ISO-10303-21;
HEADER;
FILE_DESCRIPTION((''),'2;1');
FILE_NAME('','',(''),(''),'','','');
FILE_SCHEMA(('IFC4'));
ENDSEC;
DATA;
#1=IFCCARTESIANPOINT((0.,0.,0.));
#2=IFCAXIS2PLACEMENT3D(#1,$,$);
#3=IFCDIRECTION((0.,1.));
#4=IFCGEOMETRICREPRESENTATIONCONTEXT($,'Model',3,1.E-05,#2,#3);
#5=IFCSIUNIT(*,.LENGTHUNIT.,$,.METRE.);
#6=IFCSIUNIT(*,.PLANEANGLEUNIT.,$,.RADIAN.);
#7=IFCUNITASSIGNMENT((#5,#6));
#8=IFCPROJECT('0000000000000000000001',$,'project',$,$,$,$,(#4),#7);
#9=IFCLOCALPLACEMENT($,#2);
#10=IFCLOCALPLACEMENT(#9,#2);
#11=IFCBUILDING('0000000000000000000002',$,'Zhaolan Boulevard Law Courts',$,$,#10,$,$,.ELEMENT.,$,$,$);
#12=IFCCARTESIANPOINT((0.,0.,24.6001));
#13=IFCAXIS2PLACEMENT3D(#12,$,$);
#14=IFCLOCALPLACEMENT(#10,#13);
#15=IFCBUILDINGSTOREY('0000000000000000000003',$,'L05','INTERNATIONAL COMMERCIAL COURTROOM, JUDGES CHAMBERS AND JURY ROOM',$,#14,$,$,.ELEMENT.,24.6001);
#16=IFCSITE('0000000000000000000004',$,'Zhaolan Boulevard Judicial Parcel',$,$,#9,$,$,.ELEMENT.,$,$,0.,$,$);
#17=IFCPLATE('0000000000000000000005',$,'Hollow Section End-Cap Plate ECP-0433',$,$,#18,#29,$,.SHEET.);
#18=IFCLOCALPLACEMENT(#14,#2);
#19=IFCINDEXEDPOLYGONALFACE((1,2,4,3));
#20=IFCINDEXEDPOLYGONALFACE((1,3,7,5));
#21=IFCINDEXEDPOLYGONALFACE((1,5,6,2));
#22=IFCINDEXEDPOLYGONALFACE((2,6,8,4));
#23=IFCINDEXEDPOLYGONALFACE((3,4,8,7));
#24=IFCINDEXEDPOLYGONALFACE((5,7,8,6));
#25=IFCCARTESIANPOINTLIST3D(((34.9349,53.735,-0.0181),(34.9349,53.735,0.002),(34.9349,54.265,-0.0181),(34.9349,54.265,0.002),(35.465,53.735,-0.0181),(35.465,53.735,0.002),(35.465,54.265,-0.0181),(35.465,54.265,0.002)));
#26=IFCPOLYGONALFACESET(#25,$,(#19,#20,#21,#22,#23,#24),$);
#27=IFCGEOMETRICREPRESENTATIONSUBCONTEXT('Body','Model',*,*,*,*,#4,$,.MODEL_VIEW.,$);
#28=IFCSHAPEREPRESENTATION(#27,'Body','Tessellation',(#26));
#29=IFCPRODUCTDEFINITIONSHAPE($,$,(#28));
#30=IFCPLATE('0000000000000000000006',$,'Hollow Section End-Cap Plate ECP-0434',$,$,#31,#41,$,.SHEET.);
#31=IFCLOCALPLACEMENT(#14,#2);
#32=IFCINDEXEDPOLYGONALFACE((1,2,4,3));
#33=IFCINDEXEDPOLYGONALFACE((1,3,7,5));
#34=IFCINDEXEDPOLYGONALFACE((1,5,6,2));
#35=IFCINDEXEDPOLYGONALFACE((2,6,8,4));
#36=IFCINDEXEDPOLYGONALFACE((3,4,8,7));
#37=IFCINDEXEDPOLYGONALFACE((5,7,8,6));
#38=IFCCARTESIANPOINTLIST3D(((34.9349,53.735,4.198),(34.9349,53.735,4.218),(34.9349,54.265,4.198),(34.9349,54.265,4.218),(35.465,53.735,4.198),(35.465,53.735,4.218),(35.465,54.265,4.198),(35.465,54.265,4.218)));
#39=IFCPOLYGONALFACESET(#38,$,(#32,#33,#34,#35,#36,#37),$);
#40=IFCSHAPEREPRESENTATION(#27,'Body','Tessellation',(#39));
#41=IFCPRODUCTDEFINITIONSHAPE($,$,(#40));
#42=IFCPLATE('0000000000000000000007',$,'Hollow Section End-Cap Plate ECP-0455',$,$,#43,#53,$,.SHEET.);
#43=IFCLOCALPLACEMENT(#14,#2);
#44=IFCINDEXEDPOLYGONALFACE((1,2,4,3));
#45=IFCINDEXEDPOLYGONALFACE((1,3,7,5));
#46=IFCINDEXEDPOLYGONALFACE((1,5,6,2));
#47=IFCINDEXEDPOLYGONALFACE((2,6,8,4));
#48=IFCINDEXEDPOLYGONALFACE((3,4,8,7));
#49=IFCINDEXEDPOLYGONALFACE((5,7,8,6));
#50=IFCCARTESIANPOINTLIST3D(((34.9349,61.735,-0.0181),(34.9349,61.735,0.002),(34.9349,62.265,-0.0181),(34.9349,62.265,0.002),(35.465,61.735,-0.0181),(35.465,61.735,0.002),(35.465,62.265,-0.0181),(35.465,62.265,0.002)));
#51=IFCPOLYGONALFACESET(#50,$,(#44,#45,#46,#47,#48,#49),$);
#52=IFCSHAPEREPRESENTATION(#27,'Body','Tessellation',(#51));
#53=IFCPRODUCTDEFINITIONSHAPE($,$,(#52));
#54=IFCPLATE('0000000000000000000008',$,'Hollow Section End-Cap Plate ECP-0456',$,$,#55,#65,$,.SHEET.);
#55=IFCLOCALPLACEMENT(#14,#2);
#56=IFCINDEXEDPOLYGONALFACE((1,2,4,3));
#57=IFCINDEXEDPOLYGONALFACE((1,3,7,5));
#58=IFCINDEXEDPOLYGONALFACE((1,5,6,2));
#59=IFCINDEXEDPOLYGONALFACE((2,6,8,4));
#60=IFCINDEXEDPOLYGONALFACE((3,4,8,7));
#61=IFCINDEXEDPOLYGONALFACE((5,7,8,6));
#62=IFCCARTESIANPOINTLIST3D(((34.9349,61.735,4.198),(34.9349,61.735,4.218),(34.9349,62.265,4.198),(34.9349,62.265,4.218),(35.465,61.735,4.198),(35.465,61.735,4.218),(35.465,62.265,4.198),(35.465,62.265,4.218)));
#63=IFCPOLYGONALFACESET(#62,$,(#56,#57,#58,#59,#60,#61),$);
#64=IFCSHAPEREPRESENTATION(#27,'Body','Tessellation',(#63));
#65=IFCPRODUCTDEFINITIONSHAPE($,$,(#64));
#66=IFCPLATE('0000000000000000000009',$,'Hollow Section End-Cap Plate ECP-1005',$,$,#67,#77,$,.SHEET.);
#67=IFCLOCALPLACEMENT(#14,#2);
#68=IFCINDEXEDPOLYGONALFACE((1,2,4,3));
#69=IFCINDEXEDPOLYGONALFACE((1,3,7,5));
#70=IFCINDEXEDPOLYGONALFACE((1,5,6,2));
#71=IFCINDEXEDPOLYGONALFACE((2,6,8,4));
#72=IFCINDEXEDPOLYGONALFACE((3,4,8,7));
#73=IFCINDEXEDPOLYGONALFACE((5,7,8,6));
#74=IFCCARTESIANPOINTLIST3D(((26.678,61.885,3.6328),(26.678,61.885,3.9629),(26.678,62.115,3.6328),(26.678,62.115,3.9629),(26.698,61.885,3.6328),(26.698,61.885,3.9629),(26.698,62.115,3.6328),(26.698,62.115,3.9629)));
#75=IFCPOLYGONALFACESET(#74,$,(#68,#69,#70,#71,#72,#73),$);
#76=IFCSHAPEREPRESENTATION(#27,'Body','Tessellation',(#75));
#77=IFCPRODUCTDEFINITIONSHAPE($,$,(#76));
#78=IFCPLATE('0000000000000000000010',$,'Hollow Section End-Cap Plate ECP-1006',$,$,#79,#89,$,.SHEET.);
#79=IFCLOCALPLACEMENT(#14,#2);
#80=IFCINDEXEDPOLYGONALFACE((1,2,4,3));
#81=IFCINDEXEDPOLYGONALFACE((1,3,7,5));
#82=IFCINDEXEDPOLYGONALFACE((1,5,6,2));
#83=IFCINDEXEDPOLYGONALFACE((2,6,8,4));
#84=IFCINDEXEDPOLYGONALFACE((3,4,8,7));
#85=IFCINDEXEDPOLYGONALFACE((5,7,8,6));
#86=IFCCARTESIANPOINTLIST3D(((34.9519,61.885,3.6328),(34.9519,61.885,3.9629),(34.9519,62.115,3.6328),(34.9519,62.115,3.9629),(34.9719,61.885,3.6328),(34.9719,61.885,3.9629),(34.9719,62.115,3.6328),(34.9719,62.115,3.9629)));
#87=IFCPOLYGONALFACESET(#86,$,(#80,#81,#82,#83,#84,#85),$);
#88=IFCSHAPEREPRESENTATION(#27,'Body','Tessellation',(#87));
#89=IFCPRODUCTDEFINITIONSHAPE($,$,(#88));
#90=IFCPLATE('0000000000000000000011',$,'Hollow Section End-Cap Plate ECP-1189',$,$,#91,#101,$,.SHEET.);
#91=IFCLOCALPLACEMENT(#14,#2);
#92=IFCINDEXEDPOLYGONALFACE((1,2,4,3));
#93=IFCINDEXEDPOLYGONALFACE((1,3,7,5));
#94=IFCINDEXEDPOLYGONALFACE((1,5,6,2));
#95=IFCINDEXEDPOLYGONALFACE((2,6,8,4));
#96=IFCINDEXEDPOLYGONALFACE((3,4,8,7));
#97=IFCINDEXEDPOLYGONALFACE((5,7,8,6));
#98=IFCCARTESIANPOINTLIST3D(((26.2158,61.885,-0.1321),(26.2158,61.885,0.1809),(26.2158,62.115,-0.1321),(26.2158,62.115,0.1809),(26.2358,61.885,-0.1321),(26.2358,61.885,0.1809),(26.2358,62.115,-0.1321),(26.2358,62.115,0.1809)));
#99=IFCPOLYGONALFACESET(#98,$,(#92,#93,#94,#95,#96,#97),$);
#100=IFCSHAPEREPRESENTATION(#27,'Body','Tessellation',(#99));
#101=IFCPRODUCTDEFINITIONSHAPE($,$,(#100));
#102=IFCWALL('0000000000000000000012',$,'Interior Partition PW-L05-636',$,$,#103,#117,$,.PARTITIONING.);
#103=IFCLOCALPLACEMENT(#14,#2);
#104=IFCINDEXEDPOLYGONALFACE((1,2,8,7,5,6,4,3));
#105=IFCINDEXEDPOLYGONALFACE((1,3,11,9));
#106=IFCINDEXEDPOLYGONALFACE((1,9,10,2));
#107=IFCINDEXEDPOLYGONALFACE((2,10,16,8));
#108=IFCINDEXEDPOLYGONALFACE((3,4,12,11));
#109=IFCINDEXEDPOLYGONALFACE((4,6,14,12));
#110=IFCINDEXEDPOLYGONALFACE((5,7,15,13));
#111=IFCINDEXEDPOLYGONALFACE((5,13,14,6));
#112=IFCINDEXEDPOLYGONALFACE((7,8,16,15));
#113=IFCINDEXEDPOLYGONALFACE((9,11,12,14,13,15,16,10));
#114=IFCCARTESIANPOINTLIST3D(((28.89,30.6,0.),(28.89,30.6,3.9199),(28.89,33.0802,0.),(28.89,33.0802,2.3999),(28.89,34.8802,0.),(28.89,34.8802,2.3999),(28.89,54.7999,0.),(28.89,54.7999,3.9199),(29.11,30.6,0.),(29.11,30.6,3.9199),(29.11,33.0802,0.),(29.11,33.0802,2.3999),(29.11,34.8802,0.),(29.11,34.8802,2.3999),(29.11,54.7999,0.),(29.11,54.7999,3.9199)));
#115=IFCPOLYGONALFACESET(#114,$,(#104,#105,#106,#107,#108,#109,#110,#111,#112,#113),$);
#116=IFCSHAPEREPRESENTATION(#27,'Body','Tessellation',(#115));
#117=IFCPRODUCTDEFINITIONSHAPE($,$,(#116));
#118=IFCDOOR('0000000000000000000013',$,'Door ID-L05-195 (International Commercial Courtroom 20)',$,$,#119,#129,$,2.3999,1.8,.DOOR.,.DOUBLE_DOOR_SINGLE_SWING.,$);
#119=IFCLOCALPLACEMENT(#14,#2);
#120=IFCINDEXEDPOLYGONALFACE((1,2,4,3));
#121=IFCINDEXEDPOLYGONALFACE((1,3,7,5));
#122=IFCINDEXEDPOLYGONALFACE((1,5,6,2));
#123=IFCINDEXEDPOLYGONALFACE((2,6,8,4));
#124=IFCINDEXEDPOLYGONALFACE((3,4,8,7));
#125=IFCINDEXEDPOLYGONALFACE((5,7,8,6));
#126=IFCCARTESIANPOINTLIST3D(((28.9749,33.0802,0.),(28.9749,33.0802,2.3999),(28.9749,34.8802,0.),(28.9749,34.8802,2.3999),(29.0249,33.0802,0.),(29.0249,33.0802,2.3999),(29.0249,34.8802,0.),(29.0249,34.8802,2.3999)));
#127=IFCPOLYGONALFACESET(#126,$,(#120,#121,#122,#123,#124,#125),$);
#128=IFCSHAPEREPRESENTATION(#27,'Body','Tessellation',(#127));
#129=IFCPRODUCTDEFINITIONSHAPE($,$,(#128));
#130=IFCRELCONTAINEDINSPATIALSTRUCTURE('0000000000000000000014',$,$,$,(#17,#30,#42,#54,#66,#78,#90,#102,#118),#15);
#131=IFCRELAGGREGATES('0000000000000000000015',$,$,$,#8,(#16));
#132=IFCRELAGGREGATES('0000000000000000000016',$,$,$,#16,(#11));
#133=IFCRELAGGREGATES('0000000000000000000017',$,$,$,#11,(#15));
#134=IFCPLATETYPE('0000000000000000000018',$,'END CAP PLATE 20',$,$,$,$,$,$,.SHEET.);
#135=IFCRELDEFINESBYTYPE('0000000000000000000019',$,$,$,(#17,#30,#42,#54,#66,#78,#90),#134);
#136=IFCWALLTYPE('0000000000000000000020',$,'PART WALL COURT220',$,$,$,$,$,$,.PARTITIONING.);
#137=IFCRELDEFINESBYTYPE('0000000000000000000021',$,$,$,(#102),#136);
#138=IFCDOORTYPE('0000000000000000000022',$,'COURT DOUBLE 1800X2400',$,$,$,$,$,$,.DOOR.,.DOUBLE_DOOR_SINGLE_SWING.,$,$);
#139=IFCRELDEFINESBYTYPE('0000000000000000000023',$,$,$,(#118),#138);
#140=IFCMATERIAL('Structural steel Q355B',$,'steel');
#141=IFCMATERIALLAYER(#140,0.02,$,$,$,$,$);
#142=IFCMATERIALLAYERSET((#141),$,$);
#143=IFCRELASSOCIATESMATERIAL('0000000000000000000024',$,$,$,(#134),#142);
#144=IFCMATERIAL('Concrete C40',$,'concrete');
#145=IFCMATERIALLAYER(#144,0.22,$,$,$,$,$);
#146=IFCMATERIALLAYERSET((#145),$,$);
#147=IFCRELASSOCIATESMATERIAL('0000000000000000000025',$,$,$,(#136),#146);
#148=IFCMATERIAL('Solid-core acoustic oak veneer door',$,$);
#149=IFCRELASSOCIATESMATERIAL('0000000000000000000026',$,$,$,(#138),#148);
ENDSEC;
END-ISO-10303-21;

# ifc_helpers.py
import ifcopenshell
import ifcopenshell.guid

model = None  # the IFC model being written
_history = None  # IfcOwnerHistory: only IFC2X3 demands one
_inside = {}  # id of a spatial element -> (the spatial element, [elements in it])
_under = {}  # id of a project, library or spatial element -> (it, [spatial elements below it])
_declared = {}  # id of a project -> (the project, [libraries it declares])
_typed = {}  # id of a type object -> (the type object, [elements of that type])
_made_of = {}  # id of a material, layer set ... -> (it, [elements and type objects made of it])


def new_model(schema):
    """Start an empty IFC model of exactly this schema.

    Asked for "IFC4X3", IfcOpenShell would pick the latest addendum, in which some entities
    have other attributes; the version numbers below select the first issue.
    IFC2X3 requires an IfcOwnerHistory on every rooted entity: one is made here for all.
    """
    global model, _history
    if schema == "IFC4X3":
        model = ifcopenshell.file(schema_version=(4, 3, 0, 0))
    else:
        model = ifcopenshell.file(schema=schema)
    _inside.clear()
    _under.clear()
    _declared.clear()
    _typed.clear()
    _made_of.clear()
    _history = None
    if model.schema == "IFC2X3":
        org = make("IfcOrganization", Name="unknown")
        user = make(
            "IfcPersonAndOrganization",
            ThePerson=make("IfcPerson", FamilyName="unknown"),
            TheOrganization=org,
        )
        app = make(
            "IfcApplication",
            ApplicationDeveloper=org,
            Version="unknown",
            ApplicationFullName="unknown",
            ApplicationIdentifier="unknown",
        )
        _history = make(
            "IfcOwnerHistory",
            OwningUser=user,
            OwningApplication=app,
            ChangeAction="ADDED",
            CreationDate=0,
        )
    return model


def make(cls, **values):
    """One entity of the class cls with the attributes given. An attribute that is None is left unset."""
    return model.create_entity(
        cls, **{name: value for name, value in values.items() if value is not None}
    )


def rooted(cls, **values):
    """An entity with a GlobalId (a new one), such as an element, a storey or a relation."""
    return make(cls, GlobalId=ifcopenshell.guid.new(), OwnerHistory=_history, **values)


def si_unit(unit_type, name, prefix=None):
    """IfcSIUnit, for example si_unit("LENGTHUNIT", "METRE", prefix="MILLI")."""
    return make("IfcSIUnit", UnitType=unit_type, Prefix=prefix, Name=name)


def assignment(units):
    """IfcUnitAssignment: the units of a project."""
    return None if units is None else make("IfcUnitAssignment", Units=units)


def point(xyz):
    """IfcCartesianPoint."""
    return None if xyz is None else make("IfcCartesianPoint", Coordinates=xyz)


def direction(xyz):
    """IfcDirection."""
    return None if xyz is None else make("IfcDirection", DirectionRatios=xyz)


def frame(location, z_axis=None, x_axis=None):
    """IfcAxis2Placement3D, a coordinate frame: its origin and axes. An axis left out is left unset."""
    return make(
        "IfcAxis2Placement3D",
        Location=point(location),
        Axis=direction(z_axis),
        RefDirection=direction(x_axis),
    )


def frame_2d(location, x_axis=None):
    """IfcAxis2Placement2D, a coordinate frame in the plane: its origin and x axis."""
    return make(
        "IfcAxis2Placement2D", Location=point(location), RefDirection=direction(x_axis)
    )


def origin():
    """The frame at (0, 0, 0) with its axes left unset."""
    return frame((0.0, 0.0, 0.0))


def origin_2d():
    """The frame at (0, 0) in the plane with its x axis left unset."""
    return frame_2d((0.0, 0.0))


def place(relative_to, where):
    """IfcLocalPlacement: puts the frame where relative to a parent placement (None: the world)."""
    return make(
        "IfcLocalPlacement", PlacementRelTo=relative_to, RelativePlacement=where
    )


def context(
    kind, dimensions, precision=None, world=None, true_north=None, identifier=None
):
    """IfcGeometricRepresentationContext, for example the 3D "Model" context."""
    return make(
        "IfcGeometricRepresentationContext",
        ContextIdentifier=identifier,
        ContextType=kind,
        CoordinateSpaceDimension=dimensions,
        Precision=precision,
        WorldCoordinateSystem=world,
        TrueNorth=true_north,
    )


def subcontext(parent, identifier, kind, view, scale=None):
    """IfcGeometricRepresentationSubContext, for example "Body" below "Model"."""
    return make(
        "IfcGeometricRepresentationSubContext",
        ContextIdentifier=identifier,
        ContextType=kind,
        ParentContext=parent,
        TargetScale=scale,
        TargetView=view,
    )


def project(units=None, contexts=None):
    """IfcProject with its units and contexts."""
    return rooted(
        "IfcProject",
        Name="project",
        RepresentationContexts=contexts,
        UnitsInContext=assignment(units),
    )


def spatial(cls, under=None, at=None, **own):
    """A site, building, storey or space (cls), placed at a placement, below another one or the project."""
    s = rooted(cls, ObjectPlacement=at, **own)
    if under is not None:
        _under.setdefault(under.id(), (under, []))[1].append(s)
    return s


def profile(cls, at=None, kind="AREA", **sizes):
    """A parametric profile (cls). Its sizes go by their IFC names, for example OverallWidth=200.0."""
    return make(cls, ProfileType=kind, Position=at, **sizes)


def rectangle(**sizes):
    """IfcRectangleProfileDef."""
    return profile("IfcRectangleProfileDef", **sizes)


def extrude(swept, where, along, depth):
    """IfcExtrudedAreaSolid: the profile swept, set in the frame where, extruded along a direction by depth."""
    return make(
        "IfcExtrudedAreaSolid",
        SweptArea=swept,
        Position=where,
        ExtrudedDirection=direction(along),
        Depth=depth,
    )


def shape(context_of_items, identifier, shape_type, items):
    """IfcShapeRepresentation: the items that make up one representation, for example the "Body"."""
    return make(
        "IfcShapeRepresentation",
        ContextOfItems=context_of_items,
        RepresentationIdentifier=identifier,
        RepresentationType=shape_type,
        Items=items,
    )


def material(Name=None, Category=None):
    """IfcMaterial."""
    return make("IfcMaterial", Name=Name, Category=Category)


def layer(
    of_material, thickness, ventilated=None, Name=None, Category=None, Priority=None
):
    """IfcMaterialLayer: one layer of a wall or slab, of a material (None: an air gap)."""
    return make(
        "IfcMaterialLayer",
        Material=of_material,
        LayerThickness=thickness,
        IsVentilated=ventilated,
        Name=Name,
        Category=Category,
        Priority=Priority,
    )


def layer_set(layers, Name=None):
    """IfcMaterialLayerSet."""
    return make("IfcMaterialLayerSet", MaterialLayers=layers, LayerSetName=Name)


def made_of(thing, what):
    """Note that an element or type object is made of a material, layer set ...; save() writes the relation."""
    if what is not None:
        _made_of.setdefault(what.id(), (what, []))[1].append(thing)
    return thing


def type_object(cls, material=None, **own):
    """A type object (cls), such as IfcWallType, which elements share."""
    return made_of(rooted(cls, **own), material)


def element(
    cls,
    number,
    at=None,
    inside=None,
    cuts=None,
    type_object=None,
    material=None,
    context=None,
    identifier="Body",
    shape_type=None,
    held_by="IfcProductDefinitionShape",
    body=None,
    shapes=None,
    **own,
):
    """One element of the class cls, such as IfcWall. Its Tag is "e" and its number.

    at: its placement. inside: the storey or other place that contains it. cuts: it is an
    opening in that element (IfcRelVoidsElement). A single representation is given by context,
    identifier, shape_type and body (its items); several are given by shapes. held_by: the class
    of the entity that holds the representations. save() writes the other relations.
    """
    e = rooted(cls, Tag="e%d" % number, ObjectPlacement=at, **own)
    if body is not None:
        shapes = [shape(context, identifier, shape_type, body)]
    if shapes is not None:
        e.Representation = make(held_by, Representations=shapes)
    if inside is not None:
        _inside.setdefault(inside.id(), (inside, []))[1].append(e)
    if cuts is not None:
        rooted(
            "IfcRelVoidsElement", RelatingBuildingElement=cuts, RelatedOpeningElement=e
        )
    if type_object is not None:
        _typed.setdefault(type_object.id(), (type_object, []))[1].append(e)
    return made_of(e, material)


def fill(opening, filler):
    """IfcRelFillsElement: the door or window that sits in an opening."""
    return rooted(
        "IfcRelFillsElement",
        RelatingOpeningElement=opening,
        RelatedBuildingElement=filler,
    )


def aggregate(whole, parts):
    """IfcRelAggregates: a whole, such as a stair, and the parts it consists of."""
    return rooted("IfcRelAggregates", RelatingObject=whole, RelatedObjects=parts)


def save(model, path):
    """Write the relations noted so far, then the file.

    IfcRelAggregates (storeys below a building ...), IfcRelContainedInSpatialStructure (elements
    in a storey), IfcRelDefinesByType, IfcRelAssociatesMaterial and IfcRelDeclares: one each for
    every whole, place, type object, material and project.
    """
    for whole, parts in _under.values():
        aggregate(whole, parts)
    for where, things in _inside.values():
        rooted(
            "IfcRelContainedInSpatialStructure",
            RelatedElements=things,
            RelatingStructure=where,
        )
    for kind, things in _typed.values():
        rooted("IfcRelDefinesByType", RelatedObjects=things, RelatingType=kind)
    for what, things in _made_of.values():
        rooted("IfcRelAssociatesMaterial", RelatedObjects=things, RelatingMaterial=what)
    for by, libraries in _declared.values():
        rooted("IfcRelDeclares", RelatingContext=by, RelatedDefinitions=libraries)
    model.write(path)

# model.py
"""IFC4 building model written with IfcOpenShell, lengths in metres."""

from ifc_helpers import new_model, si_unit, direction, frame, frame_2d, origin, origin_2d, place, context, subcontext, project, spatial, rectangle, extrude, material, layer, layer_set, type_object, element, fill, save


model = new_model("IFC4")

# Units and contexts
model_context = context("Model", 3, precision=1e-05, world=origin(), true_north=direction((0.0, 1.0)))
body_context = subcontext(model_context, "Body", "Model", "MODEL_VIEW")
ifc_project = project(units=[si_unit("LENGTHUNIT", "METRE"), si_unit("PLANEANGLEUNIT", "RADIAN")], contexts=[model_context])

# Site, building, storey
site_placement = place(None, origin())
site = spatial("IfcSite", under=ifc_project, at=site_placement, Name="Zhaolan Boulevard Judicial Parcel", CompositionType="ELEMENT", RefElevation=0.0)
building_placement = place(site_placement, origin())
building = spatial("IfcBuilding", under=site, at=building_placement, Name="Zhaolan Boulevard Law Courts", CompositionType="ELEMENT")
storey_placement = place(building_placement, frame((0.0, 0.0, 24.6001)))
storey = spatial("IfcBuildingStorey", under=building, at=storey_placement, Name="L05", Description="INTERNATIONAL COMMERCIAL COURTROOM, JUDGES CHAMBERS AND JURY ROOM", CompositionType="ELEMENT", Elevation=24.6001)

# Plates
ifc_material_1 = material(Name="Structural steel Q355B", Category="steel")
ifc_layer_1 = layer(ifc_material_1, 0.02)
ifc_layer_set_1 = layer_set([ifc_layer_1])
plate_type_1 = type_object("IfcPlateType", Name="END CAP PLATE 20", PredefinedType="SHEET", material=ifc_layer_set_1)
for number, where, z_axis, x_axis, name in (
    (1, (35.2, 54.0, -0.0181), (0.0, 0.0, 1.0), (1.0, 0.0, 0.0), "Hollow Section End-Cap Plate ECP-0433"),
    (2, (35.2, 54.0, 4.198), (0.0, 0.0, 1.0), (1.0, 0.0, 0.0), "Hollow Section End-Cap Plate ECP-0434"),
    (3, (35.2, 62.0, -0.0181), (0.0, 0.0, 1.0), (1.0, 0.0, 0.0), "Hollow Section End-Cap Plate ECP-0455"),
    (4, (35.2, 62.0, 4.198), (0.0, 0.0, 1.0), (1.0, 0.0, 0.0), "Hollow Section End-Cap Plate ECP-0456"),
):
    element("IfcPlate", number, at=place(storey_placement, frame(where, z_axis=z_axis, x_axis=x_axis)), inside=storey, type_object=plate_type_1, Name=name, PredefinedType="SHEET", context=body_context, shape_type="SweptSolid", body=[
        extrude(rectangle(XDim=0.53, YDim=0.53, at=origin_2d()), origin(), (0.0, 0.0, 1.0), 0.02),
    ])
for number, where, z_axis, x_axis, name in (
    (5, (26.688, 62.0, 3.6328), (0.0, 0.0, 1.0), (1.0, 0.0, 0.0), "Hollow Section End-Cap Plate ECP-1005"),
    (6, (34.9619, 62.0, 3.6328), (0.0, 0.0, 1.0), (1.0, 0.0, 0.0), "Hollow Section End-Cap Plate ECP-1006"),
):
    element("IfcPlate", number, at=place(storey_placement, frame(where, z_axis=z_axis, x_axis=x_axis)), inside=storey, type_object=plate_type_1, Name=name, PredefinedType="SHEET", context=body_context, shape_type="SweptSolid", body=[
        extrude(rectangle(XDim=0.02, YDim=0.23, at=origin_2d()), origin(), (0.0, 0.0, 1.0), 0.3301),
    ])
plate_1_placement = place(storey_placement, frame((26.2258, 62.0, -0.1321), z_axis=(0.0, 0.0, 1.0), x_axis=(-1.0, 0.0, 0.0)))
element("IfcPlate", 7, at=plate_1_placement, inside=storey, type_object=plate_type_1, Name="Hollow Section End-Cap Plate ECP-1189", PredefinedType="SHEET", context=body_context, shape_type="SweptSolid", body=[
    extrude(rectangle(XDim=0.02, YDim=0.23, at=origin_2d()), origin(), (0.0, 0.0, 1.0), 0.313),
])

# Wall, opening, door
ifc_material_2 = material(Name="Concrete C40", Category="concrete")
ifc_layer_2 = layer(ifc_material_2, 0.22)
ifc_layer_set_2 = layer_set([ifc_layer_2])
wall_type_1 = type_object("IfcWallType", Name="PART WALL COURT220", PredefinedType="PARTITIONING", material=ifc_layer_set_2)
wall_1_placement = place(storey_placement, frame((29.0, 54.8, 0.0), z_axis=(0.0, 0.0, 1.0), x_axis=(0.0, -1.0, 0.0)))
wall_1 = element("IfcWall", 8, at=wall_1_placement, inside=storey, type_object=wall_type_1, Name="Interior Partition PW-L05-636", PredefinedType="PARTITIONING", context=body_context, shape_type="SweptSolid", body=[
    extrude(rectangle(XDim=24.2, YDim=0.22, at=frame_2d((12.1001, 0.0))), origin(), (0.0, 0.0, 1.0), 3.9199),
])
opening_1_placement = place(wall_1_placement, frame((19.9199, 0.0, 0.0)))
opening_1 = element("IfcOpeningElement", 9, at=opening_1_placement, cuts=wall_1, PredefinedType="OPENING", context=body_context, shape_type="SweptSolid", body=[
    extrude(rectangle(XDim=1.8, YDim=2.3999, at=frame_2d((0.8999, 1.2))), frame((0.0, 0.1199, 0.0), z_axis=(0.0, -1.0, 0.0), x_axis=(1.0, 0.0, 0.0)), (0.0, 0.0, 1.0), 0.24),
])
ifc_material_3 = material(Name="Solid-core acoustic oak veneer door")
door_type_1 = type_object("IfcDoorType", Name="COURT DOUBLE 1800X2400", OperationType="DOUBLE_DOOR_SINGLE_SWING", PredefinedType="DOOR", material=ifc_material_3)
door_1_placement = place(opening_1_placement, origin())
door_1 = element("IfcDoor", 10, at=door_1_placement, inside=storey, type_object=door_type_1, Name="Door ID-L05-195 (International Commercial Courtroom 20)", OperationType="DOUBLE_DOOR_SINGLE_SWING", OverallHeight=2.3999, OverallWidth=1.8, PredefinedType="DOOR", context=body_context, shape_type="SweptSolid", body=[
    extrude(rectangle(XDim=1.8, YDim=2.3999, at=frame_2d((0.8999, 1.2))), frame((0.0, 0.0249, 0.0), z_axis=(0.0, -1.0, 0.0), x_axis=(1.0, 0.0, 0.0)), (0.0, 0.0, 1.0), 0.05),
])
fill(opening_1, door_1)

save(model, "model.ifc")
